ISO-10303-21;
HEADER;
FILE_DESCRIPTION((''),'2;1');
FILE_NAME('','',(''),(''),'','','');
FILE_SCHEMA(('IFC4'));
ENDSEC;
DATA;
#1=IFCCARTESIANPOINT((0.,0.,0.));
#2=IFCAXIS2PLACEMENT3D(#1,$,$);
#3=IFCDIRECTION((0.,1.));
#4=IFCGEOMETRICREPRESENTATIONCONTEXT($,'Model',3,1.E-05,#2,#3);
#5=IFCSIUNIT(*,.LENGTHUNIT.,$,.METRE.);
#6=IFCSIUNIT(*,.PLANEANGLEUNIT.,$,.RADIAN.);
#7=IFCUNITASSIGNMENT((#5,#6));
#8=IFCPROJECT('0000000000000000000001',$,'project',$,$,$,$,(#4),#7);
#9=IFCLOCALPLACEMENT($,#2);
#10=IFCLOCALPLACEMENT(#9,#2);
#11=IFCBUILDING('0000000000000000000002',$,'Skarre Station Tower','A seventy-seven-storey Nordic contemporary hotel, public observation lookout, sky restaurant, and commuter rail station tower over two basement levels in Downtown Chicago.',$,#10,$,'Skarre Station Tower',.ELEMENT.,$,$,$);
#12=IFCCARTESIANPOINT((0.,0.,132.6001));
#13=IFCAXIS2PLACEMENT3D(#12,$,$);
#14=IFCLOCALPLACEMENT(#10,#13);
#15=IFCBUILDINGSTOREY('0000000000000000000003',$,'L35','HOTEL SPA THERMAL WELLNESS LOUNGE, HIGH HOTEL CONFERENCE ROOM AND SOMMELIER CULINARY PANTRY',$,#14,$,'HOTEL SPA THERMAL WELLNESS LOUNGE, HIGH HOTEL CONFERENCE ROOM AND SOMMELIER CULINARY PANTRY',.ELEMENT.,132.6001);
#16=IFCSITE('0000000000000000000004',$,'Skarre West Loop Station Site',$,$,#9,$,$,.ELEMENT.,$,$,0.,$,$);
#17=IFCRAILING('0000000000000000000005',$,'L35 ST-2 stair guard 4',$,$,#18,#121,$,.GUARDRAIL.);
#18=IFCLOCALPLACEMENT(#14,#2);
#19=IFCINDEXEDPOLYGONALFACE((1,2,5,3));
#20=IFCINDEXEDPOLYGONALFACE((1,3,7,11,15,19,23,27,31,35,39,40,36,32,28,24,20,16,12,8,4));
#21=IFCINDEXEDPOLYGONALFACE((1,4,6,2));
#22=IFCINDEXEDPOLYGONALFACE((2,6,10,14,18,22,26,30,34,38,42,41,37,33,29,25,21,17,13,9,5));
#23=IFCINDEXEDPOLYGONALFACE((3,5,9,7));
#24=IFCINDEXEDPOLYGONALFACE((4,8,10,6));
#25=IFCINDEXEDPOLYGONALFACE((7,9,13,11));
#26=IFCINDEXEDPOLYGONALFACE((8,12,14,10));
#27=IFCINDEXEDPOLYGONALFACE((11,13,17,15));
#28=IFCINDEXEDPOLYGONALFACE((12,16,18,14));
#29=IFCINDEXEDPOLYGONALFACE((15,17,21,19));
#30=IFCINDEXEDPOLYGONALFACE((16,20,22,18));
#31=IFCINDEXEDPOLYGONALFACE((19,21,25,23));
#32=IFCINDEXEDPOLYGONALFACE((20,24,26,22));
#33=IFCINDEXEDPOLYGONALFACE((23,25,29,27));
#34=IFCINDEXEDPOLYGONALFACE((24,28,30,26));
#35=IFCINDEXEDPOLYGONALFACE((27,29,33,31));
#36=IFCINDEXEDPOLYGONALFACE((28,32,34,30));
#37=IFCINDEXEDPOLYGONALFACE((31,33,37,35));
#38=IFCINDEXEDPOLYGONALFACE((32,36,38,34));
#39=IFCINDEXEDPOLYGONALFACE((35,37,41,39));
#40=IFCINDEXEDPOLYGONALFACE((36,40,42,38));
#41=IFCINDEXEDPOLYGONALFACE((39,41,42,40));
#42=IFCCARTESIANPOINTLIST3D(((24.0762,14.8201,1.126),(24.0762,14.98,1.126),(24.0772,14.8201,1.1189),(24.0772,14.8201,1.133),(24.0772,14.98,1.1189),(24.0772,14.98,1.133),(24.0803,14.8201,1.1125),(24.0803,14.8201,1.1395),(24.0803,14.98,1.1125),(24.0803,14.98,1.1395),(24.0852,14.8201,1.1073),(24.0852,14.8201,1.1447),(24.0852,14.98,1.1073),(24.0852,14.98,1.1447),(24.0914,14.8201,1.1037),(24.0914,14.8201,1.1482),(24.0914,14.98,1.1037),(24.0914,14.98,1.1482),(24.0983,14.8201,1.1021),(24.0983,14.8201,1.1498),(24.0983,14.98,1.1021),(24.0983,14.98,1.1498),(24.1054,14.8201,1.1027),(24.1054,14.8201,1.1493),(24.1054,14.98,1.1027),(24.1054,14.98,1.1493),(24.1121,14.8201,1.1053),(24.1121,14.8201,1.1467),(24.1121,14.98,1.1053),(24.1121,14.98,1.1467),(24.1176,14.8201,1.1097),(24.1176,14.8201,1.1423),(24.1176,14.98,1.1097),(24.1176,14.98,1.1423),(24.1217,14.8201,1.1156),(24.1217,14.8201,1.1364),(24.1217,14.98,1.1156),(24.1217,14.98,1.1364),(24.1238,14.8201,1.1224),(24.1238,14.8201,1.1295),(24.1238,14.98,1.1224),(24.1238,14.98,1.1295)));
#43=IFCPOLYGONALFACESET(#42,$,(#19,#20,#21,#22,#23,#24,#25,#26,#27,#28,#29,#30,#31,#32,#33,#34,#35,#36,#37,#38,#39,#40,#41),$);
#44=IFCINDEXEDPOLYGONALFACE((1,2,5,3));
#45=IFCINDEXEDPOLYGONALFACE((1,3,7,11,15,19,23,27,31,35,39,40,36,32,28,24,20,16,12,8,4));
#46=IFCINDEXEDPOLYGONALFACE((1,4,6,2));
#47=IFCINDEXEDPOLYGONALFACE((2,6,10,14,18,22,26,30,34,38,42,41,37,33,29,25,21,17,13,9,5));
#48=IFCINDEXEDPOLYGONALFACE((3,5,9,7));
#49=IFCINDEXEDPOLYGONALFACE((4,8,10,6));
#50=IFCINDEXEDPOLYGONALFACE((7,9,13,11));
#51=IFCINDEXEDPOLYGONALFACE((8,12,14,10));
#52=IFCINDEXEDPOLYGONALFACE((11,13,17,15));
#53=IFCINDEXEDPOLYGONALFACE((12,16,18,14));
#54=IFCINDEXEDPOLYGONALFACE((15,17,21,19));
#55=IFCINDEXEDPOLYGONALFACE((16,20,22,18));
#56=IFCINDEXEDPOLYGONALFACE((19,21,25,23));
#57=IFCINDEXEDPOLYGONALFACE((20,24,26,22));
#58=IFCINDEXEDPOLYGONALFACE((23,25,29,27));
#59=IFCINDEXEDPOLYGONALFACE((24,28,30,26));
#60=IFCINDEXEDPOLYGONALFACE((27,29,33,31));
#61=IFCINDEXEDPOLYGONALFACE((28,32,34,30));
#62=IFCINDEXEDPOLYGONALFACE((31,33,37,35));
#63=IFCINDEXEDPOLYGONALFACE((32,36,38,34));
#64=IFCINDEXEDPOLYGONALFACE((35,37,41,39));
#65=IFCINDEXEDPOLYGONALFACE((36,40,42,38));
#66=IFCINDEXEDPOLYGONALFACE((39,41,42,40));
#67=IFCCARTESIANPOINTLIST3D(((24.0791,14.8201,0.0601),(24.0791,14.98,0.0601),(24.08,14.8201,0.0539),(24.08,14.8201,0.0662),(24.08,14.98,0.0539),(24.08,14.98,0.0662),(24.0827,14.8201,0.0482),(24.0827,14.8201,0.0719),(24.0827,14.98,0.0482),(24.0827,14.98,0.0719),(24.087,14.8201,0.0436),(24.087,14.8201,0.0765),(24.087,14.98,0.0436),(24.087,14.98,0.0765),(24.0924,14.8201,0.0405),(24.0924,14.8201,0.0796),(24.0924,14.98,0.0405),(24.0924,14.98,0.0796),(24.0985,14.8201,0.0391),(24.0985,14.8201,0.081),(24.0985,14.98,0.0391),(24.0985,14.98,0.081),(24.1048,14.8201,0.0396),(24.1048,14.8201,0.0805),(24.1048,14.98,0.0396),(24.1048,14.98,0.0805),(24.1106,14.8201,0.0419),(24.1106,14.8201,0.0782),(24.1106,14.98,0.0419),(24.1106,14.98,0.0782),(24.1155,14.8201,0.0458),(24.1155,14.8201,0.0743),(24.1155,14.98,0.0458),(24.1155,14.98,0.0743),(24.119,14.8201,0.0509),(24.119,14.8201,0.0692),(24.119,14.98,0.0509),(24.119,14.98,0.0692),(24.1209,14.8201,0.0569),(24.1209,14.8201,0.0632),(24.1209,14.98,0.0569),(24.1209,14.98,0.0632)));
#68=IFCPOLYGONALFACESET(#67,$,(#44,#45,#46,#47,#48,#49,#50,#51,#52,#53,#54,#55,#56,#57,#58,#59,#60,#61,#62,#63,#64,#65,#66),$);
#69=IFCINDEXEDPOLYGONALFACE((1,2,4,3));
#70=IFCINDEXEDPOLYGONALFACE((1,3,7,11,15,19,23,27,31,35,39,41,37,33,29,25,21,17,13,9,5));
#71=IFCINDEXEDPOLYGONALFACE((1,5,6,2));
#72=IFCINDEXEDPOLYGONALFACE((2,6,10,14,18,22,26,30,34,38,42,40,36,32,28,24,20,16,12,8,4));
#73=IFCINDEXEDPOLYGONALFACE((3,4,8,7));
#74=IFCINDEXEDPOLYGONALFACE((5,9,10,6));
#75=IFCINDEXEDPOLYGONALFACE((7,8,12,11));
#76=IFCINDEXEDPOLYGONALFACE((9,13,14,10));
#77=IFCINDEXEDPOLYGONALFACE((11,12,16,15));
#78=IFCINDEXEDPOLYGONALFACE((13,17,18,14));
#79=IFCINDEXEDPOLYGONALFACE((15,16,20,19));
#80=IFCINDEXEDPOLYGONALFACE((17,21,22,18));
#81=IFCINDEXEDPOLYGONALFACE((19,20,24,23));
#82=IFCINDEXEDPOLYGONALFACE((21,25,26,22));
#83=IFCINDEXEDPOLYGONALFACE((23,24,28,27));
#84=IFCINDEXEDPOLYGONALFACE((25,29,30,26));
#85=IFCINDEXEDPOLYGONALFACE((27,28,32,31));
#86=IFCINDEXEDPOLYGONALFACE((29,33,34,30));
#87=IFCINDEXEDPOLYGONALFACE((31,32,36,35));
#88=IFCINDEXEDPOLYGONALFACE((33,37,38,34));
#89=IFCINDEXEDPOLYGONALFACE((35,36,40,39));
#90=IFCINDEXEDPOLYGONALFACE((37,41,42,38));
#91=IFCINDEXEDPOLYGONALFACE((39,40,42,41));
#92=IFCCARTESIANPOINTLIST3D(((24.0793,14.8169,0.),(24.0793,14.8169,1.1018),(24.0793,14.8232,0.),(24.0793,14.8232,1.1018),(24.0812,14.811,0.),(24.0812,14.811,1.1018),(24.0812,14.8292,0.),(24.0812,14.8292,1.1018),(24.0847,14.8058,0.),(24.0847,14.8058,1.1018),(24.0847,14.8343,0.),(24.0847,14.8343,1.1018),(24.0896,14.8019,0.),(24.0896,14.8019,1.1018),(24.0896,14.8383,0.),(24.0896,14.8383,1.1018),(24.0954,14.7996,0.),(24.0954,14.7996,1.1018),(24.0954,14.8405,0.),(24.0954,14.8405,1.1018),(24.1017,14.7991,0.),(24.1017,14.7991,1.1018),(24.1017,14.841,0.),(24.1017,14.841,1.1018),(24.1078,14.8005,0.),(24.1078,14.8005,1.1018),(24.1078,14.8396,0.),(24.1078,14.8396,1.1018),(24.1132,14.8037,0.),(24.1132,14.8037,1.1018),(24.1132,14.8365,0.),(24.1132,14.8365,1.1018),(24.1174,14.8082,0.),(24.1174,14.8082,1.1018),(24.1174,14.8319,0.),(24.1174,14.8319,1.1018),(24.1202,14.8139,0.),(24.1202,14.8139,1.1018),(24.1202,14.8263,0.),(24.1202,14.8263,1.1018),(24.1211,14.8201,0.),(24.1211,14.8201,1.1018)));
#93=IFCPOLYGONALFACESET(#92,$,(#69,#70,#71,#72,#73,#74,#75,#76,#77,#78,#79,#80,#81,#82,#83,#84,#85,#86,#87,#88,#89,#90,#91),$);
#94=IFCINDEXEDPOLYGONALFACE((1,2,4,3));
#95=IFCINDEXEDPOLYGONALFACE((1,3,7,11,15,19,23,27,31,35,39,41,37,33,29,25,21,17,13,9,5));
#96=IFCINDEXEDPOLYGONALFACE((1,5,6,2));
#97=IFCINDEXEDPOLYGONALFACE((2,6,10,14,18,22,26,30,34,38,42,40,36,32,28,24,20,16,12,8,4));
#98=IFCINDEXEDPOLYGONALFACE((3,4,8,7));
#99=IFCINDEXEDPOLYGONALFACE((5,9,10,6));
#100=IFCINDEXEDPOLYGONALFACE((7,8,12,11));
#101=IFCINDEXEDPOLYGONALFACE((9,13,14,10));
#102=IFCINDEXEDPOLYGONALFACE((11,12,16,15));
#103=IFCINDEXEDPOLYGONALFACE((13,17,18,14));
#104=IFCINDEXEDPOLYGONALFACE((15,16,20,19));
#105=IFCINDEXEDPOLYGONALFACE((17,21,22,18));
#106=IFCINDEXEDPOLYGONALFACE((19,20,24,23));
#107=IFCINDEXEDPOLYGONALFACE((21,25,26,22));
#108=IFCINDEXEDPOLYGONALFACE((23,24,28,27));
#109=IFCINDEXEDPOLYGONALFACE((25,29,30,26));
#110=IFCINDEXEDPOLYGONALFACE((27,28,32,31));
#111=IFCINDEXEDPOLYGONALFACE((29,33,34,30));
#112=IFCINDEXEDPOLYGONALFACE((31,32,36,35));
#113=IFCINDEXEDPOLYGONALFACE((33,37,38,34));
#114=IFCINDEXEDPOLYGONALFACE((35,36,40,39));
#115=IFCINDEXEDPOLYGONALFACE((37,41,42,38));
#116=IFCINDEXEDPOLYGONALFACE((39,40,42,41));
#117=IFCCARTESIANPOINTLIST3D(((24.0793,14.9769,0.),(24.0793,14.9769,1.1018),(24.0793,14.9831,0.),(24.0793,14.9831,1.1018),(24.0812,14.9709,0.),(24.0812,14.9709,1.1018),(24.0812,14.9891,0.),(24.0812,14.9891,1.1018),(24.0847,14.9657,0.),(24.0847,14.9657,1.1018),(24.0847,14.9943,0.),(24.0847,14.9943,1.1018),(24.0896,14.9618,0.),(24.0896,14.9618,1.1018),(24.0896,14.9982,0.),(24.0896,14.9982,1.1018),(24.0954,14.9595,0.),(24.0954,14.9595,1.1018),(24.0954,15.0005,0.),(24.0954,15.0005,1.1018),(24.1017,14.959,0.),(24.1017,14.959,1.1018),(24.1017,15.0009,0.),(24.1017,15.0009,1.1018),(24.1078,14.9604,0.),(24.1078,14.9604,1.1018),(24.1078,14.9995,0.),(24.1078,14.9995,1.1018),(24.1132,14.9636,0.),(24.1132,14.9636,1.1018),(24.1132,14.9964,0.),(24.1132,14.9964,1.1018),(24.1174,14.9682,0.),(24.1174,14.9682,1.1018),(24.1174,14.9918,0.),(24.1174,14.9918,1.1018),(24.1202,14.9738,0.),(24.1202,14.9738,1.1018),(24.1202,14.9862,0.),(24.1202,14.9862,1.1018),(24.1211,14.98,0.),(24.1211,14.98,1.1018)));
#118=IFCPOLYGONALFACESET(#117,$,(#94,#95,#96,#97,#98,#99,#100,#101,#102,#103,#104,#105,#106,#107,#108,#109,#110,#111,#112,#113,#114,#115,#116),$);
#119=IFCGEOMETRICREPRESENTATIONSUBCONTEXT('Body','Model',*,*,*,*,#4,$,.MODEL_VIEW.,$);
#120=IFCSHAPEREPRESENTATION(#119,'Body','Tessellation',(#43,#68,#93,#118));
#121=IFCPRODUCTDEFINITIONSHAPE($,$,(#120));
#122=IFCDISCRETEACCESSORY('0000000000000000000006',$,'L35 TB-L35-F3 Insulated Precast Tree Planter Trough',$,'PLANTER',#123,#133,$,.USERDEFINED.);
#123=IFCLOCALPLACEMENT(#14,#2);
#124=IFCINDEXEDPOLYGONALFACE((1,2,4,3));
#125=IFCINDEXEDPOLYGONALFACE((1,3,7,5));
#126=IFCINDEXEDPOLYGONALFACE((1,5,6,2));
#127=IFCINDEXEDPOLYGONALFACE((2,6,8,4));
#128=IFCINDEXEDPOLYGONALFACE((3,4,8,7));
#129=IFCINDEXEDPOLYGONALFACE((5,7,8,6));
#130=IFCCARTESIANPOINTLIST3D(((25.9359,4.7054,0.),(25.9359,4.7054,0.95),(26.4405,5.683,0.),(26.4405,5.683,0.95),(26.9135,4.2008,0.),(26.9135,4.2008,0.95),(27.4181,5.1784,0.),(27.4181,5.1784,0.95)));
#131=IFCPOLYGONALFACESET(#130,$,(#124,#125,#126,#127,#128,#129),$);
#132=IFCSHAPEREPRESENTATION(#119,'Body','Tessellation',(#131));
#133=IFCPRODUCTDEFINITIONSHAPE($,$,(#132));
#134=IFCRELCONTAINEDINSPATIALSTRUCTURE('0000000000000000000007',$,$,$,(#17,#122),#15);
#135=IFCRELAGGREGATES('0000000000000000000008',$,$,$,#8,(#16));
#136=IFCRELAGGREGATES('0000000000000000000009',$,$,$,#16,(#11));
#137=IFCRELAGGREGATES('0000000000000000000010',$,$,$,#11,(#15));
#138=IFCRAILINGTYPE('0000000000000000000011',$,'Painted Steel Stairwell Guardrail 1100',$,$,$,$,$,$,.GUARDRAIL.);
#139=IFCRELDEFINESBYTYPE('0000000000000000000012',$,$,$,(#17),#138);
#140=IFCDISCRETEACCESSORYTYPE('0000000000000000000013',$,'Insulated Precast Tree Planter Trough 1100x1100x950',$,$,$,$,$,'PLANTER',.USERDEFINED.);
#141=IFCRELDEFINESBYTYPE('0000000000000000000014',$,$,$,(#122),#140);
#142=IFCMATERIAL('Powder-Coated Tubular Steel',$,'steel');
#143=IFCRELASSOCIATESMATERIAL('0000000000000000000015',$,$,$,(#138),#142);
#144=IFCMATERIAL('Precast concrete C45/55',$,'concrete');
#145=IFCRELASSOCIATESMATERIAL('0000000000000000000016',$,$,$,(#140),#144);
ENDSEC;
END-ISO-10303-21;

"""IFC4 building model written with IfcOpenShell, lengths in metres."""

from ifc_helpers import new_model, si_unit, direction, frame, origin, origin_2d, place, context, subcontext, project, spatial, rectangle, circle, extrude, material, type_object, element, save


model = new_model("IFC4")

# Units and contexts
model_context = context("Model", 3, precision=1e-05, world=origin(), true_north=direction((0.0, 1.0)))
body_context = subcontext(model_context, "Body", "Model", "MODEL_VIEW")
ifc_project = project(units=[si_unit("LENGTHUNIT", "METRE"), si_unit("PLANEANGLEUNIT", "RADIAN")], contexts=[model_context])

# Site, building, storey
site_placement = place(None, origin())
site = spatial("IfcSite", under=ifc_project, at=site_placement, Name="Skarre West Loop Station Site", CompositionType="ELEMENT", RefElevation=0.0)
building_placement = place(site_placement, origin())
building = spatial("IfcBuilding", under=site, at=building_placement, Name="Skarre Station Tower", Description="A seventy-seven-storey Nordic contemporary hotel, public observation lookout, sky restaurant, and commuter rail station tower over two basement levels in Downtown Chicago.", LongName="Skarre Station Tower", CompositionType="ELEMENT")
storey_placement = place(building_placement, frame((0.0, 0.0, 132.6001)))
storey = spatial("IfcBuildingStorey", under=building, at=storey_placement, Name="L35", Description="HOTEL SPA THERMAL WELLNESS LOUNGE, HIGH HOTEL CONFERENCE ROOM AND SOMMELIER CULINARY PANTRY", LongName="HOTEL SPA THERMAL WELLNESS LOUNGE, HIGH HOTEL CONFERENCE ROOM AND SOMMELIER CULINARY PANTRY", CompositionType="ELEMENT", Elevation=132.6001)

# Railing
ifc_material_1 = material(Name="Powder-Coated Tubular Steel", Category="steel")
railing_type_1 = type_object("IfcRailingType", Name="Painted Steel Stairwell Guardrail 1100", PredefinedType="GUARDRAIL", material=ifc_material_1)
railing_1_placement = place(storey_placement, frame((24.1001, 14.8201, 0.0)))
element("IfcRailing", 1, at=railing_1_placement, inside=storey, type_object=railing_type_1, Name="L35 ST-2 stair guard 4", PredefinedType="GUARDRAIL", context=body_context, shape_type="SweptSolid", body=[
    extrude(circle(Radius=0.0239, at=origin_2d()), frame((0.0, 0.0, 1.126), z_axis=(0.0, 1.0, 0.0), x_axis=(-1.0, 0.0, 0.0)), (0.0, 0.0, 1.0), 0.1599),
    extrude(circle(Radius=0.021, at=origin_2d()), frame((0.0, 0.0, 0.0601), z_axis=(0.0, 1.0, 0.0), x_axis=(-1.0, 0.0, 0.0)), (0.0, 0.0, 1.0), 0.1599),
    extrude(circle(Radius=0.021, at=origin_2d()), origin(), (0.0, 0.0, 1.0), 1.1018),
    extrude(circle(Radius=0.021, at=origin_2d()), frame((0.0, 0.1599, 0.0)), (0.0, 0.0, 1.0), 1.1018),
])

# Discrete accessory
ifc_material_2 = material(Name="Precast concrete C45/55", Category="concrete")
discrete_accessory_type = type_object("IfcDiscreteAccessoryType", Name="Insulated Precast Tree Planter Trough 1100x1100x950", ElementType="PLANTER", PredefinedType="USERDEFINED", material=ifc_material_2)
discrete_accessory_placement = place(storey_placement, frame((26.677, 4.9419, 0.0), z_axis=(0.0, 0.0, 1.0), x_axis=(-0.45865, -0.888617, 0.0)))
element("IfcDiscreteAccessory", 2, at=discrete_accessory_placement, inside=storey, type_object=discrete_accessory_type, Name="L35 TB-L35-F3 Insulated Precast Tree Planter Trough", ObjectType="PLANTER", PredefinedType="USERDEFINED", context=body_context, shape_type="SweptSolid", body=[
    extrude(rectangle(XDim=1.1001, YDim=1.1001, at=origin_2d()), origin(), (0.0, 0.0, 1.0), 0.95),
])

save(model, "model.ifc")
